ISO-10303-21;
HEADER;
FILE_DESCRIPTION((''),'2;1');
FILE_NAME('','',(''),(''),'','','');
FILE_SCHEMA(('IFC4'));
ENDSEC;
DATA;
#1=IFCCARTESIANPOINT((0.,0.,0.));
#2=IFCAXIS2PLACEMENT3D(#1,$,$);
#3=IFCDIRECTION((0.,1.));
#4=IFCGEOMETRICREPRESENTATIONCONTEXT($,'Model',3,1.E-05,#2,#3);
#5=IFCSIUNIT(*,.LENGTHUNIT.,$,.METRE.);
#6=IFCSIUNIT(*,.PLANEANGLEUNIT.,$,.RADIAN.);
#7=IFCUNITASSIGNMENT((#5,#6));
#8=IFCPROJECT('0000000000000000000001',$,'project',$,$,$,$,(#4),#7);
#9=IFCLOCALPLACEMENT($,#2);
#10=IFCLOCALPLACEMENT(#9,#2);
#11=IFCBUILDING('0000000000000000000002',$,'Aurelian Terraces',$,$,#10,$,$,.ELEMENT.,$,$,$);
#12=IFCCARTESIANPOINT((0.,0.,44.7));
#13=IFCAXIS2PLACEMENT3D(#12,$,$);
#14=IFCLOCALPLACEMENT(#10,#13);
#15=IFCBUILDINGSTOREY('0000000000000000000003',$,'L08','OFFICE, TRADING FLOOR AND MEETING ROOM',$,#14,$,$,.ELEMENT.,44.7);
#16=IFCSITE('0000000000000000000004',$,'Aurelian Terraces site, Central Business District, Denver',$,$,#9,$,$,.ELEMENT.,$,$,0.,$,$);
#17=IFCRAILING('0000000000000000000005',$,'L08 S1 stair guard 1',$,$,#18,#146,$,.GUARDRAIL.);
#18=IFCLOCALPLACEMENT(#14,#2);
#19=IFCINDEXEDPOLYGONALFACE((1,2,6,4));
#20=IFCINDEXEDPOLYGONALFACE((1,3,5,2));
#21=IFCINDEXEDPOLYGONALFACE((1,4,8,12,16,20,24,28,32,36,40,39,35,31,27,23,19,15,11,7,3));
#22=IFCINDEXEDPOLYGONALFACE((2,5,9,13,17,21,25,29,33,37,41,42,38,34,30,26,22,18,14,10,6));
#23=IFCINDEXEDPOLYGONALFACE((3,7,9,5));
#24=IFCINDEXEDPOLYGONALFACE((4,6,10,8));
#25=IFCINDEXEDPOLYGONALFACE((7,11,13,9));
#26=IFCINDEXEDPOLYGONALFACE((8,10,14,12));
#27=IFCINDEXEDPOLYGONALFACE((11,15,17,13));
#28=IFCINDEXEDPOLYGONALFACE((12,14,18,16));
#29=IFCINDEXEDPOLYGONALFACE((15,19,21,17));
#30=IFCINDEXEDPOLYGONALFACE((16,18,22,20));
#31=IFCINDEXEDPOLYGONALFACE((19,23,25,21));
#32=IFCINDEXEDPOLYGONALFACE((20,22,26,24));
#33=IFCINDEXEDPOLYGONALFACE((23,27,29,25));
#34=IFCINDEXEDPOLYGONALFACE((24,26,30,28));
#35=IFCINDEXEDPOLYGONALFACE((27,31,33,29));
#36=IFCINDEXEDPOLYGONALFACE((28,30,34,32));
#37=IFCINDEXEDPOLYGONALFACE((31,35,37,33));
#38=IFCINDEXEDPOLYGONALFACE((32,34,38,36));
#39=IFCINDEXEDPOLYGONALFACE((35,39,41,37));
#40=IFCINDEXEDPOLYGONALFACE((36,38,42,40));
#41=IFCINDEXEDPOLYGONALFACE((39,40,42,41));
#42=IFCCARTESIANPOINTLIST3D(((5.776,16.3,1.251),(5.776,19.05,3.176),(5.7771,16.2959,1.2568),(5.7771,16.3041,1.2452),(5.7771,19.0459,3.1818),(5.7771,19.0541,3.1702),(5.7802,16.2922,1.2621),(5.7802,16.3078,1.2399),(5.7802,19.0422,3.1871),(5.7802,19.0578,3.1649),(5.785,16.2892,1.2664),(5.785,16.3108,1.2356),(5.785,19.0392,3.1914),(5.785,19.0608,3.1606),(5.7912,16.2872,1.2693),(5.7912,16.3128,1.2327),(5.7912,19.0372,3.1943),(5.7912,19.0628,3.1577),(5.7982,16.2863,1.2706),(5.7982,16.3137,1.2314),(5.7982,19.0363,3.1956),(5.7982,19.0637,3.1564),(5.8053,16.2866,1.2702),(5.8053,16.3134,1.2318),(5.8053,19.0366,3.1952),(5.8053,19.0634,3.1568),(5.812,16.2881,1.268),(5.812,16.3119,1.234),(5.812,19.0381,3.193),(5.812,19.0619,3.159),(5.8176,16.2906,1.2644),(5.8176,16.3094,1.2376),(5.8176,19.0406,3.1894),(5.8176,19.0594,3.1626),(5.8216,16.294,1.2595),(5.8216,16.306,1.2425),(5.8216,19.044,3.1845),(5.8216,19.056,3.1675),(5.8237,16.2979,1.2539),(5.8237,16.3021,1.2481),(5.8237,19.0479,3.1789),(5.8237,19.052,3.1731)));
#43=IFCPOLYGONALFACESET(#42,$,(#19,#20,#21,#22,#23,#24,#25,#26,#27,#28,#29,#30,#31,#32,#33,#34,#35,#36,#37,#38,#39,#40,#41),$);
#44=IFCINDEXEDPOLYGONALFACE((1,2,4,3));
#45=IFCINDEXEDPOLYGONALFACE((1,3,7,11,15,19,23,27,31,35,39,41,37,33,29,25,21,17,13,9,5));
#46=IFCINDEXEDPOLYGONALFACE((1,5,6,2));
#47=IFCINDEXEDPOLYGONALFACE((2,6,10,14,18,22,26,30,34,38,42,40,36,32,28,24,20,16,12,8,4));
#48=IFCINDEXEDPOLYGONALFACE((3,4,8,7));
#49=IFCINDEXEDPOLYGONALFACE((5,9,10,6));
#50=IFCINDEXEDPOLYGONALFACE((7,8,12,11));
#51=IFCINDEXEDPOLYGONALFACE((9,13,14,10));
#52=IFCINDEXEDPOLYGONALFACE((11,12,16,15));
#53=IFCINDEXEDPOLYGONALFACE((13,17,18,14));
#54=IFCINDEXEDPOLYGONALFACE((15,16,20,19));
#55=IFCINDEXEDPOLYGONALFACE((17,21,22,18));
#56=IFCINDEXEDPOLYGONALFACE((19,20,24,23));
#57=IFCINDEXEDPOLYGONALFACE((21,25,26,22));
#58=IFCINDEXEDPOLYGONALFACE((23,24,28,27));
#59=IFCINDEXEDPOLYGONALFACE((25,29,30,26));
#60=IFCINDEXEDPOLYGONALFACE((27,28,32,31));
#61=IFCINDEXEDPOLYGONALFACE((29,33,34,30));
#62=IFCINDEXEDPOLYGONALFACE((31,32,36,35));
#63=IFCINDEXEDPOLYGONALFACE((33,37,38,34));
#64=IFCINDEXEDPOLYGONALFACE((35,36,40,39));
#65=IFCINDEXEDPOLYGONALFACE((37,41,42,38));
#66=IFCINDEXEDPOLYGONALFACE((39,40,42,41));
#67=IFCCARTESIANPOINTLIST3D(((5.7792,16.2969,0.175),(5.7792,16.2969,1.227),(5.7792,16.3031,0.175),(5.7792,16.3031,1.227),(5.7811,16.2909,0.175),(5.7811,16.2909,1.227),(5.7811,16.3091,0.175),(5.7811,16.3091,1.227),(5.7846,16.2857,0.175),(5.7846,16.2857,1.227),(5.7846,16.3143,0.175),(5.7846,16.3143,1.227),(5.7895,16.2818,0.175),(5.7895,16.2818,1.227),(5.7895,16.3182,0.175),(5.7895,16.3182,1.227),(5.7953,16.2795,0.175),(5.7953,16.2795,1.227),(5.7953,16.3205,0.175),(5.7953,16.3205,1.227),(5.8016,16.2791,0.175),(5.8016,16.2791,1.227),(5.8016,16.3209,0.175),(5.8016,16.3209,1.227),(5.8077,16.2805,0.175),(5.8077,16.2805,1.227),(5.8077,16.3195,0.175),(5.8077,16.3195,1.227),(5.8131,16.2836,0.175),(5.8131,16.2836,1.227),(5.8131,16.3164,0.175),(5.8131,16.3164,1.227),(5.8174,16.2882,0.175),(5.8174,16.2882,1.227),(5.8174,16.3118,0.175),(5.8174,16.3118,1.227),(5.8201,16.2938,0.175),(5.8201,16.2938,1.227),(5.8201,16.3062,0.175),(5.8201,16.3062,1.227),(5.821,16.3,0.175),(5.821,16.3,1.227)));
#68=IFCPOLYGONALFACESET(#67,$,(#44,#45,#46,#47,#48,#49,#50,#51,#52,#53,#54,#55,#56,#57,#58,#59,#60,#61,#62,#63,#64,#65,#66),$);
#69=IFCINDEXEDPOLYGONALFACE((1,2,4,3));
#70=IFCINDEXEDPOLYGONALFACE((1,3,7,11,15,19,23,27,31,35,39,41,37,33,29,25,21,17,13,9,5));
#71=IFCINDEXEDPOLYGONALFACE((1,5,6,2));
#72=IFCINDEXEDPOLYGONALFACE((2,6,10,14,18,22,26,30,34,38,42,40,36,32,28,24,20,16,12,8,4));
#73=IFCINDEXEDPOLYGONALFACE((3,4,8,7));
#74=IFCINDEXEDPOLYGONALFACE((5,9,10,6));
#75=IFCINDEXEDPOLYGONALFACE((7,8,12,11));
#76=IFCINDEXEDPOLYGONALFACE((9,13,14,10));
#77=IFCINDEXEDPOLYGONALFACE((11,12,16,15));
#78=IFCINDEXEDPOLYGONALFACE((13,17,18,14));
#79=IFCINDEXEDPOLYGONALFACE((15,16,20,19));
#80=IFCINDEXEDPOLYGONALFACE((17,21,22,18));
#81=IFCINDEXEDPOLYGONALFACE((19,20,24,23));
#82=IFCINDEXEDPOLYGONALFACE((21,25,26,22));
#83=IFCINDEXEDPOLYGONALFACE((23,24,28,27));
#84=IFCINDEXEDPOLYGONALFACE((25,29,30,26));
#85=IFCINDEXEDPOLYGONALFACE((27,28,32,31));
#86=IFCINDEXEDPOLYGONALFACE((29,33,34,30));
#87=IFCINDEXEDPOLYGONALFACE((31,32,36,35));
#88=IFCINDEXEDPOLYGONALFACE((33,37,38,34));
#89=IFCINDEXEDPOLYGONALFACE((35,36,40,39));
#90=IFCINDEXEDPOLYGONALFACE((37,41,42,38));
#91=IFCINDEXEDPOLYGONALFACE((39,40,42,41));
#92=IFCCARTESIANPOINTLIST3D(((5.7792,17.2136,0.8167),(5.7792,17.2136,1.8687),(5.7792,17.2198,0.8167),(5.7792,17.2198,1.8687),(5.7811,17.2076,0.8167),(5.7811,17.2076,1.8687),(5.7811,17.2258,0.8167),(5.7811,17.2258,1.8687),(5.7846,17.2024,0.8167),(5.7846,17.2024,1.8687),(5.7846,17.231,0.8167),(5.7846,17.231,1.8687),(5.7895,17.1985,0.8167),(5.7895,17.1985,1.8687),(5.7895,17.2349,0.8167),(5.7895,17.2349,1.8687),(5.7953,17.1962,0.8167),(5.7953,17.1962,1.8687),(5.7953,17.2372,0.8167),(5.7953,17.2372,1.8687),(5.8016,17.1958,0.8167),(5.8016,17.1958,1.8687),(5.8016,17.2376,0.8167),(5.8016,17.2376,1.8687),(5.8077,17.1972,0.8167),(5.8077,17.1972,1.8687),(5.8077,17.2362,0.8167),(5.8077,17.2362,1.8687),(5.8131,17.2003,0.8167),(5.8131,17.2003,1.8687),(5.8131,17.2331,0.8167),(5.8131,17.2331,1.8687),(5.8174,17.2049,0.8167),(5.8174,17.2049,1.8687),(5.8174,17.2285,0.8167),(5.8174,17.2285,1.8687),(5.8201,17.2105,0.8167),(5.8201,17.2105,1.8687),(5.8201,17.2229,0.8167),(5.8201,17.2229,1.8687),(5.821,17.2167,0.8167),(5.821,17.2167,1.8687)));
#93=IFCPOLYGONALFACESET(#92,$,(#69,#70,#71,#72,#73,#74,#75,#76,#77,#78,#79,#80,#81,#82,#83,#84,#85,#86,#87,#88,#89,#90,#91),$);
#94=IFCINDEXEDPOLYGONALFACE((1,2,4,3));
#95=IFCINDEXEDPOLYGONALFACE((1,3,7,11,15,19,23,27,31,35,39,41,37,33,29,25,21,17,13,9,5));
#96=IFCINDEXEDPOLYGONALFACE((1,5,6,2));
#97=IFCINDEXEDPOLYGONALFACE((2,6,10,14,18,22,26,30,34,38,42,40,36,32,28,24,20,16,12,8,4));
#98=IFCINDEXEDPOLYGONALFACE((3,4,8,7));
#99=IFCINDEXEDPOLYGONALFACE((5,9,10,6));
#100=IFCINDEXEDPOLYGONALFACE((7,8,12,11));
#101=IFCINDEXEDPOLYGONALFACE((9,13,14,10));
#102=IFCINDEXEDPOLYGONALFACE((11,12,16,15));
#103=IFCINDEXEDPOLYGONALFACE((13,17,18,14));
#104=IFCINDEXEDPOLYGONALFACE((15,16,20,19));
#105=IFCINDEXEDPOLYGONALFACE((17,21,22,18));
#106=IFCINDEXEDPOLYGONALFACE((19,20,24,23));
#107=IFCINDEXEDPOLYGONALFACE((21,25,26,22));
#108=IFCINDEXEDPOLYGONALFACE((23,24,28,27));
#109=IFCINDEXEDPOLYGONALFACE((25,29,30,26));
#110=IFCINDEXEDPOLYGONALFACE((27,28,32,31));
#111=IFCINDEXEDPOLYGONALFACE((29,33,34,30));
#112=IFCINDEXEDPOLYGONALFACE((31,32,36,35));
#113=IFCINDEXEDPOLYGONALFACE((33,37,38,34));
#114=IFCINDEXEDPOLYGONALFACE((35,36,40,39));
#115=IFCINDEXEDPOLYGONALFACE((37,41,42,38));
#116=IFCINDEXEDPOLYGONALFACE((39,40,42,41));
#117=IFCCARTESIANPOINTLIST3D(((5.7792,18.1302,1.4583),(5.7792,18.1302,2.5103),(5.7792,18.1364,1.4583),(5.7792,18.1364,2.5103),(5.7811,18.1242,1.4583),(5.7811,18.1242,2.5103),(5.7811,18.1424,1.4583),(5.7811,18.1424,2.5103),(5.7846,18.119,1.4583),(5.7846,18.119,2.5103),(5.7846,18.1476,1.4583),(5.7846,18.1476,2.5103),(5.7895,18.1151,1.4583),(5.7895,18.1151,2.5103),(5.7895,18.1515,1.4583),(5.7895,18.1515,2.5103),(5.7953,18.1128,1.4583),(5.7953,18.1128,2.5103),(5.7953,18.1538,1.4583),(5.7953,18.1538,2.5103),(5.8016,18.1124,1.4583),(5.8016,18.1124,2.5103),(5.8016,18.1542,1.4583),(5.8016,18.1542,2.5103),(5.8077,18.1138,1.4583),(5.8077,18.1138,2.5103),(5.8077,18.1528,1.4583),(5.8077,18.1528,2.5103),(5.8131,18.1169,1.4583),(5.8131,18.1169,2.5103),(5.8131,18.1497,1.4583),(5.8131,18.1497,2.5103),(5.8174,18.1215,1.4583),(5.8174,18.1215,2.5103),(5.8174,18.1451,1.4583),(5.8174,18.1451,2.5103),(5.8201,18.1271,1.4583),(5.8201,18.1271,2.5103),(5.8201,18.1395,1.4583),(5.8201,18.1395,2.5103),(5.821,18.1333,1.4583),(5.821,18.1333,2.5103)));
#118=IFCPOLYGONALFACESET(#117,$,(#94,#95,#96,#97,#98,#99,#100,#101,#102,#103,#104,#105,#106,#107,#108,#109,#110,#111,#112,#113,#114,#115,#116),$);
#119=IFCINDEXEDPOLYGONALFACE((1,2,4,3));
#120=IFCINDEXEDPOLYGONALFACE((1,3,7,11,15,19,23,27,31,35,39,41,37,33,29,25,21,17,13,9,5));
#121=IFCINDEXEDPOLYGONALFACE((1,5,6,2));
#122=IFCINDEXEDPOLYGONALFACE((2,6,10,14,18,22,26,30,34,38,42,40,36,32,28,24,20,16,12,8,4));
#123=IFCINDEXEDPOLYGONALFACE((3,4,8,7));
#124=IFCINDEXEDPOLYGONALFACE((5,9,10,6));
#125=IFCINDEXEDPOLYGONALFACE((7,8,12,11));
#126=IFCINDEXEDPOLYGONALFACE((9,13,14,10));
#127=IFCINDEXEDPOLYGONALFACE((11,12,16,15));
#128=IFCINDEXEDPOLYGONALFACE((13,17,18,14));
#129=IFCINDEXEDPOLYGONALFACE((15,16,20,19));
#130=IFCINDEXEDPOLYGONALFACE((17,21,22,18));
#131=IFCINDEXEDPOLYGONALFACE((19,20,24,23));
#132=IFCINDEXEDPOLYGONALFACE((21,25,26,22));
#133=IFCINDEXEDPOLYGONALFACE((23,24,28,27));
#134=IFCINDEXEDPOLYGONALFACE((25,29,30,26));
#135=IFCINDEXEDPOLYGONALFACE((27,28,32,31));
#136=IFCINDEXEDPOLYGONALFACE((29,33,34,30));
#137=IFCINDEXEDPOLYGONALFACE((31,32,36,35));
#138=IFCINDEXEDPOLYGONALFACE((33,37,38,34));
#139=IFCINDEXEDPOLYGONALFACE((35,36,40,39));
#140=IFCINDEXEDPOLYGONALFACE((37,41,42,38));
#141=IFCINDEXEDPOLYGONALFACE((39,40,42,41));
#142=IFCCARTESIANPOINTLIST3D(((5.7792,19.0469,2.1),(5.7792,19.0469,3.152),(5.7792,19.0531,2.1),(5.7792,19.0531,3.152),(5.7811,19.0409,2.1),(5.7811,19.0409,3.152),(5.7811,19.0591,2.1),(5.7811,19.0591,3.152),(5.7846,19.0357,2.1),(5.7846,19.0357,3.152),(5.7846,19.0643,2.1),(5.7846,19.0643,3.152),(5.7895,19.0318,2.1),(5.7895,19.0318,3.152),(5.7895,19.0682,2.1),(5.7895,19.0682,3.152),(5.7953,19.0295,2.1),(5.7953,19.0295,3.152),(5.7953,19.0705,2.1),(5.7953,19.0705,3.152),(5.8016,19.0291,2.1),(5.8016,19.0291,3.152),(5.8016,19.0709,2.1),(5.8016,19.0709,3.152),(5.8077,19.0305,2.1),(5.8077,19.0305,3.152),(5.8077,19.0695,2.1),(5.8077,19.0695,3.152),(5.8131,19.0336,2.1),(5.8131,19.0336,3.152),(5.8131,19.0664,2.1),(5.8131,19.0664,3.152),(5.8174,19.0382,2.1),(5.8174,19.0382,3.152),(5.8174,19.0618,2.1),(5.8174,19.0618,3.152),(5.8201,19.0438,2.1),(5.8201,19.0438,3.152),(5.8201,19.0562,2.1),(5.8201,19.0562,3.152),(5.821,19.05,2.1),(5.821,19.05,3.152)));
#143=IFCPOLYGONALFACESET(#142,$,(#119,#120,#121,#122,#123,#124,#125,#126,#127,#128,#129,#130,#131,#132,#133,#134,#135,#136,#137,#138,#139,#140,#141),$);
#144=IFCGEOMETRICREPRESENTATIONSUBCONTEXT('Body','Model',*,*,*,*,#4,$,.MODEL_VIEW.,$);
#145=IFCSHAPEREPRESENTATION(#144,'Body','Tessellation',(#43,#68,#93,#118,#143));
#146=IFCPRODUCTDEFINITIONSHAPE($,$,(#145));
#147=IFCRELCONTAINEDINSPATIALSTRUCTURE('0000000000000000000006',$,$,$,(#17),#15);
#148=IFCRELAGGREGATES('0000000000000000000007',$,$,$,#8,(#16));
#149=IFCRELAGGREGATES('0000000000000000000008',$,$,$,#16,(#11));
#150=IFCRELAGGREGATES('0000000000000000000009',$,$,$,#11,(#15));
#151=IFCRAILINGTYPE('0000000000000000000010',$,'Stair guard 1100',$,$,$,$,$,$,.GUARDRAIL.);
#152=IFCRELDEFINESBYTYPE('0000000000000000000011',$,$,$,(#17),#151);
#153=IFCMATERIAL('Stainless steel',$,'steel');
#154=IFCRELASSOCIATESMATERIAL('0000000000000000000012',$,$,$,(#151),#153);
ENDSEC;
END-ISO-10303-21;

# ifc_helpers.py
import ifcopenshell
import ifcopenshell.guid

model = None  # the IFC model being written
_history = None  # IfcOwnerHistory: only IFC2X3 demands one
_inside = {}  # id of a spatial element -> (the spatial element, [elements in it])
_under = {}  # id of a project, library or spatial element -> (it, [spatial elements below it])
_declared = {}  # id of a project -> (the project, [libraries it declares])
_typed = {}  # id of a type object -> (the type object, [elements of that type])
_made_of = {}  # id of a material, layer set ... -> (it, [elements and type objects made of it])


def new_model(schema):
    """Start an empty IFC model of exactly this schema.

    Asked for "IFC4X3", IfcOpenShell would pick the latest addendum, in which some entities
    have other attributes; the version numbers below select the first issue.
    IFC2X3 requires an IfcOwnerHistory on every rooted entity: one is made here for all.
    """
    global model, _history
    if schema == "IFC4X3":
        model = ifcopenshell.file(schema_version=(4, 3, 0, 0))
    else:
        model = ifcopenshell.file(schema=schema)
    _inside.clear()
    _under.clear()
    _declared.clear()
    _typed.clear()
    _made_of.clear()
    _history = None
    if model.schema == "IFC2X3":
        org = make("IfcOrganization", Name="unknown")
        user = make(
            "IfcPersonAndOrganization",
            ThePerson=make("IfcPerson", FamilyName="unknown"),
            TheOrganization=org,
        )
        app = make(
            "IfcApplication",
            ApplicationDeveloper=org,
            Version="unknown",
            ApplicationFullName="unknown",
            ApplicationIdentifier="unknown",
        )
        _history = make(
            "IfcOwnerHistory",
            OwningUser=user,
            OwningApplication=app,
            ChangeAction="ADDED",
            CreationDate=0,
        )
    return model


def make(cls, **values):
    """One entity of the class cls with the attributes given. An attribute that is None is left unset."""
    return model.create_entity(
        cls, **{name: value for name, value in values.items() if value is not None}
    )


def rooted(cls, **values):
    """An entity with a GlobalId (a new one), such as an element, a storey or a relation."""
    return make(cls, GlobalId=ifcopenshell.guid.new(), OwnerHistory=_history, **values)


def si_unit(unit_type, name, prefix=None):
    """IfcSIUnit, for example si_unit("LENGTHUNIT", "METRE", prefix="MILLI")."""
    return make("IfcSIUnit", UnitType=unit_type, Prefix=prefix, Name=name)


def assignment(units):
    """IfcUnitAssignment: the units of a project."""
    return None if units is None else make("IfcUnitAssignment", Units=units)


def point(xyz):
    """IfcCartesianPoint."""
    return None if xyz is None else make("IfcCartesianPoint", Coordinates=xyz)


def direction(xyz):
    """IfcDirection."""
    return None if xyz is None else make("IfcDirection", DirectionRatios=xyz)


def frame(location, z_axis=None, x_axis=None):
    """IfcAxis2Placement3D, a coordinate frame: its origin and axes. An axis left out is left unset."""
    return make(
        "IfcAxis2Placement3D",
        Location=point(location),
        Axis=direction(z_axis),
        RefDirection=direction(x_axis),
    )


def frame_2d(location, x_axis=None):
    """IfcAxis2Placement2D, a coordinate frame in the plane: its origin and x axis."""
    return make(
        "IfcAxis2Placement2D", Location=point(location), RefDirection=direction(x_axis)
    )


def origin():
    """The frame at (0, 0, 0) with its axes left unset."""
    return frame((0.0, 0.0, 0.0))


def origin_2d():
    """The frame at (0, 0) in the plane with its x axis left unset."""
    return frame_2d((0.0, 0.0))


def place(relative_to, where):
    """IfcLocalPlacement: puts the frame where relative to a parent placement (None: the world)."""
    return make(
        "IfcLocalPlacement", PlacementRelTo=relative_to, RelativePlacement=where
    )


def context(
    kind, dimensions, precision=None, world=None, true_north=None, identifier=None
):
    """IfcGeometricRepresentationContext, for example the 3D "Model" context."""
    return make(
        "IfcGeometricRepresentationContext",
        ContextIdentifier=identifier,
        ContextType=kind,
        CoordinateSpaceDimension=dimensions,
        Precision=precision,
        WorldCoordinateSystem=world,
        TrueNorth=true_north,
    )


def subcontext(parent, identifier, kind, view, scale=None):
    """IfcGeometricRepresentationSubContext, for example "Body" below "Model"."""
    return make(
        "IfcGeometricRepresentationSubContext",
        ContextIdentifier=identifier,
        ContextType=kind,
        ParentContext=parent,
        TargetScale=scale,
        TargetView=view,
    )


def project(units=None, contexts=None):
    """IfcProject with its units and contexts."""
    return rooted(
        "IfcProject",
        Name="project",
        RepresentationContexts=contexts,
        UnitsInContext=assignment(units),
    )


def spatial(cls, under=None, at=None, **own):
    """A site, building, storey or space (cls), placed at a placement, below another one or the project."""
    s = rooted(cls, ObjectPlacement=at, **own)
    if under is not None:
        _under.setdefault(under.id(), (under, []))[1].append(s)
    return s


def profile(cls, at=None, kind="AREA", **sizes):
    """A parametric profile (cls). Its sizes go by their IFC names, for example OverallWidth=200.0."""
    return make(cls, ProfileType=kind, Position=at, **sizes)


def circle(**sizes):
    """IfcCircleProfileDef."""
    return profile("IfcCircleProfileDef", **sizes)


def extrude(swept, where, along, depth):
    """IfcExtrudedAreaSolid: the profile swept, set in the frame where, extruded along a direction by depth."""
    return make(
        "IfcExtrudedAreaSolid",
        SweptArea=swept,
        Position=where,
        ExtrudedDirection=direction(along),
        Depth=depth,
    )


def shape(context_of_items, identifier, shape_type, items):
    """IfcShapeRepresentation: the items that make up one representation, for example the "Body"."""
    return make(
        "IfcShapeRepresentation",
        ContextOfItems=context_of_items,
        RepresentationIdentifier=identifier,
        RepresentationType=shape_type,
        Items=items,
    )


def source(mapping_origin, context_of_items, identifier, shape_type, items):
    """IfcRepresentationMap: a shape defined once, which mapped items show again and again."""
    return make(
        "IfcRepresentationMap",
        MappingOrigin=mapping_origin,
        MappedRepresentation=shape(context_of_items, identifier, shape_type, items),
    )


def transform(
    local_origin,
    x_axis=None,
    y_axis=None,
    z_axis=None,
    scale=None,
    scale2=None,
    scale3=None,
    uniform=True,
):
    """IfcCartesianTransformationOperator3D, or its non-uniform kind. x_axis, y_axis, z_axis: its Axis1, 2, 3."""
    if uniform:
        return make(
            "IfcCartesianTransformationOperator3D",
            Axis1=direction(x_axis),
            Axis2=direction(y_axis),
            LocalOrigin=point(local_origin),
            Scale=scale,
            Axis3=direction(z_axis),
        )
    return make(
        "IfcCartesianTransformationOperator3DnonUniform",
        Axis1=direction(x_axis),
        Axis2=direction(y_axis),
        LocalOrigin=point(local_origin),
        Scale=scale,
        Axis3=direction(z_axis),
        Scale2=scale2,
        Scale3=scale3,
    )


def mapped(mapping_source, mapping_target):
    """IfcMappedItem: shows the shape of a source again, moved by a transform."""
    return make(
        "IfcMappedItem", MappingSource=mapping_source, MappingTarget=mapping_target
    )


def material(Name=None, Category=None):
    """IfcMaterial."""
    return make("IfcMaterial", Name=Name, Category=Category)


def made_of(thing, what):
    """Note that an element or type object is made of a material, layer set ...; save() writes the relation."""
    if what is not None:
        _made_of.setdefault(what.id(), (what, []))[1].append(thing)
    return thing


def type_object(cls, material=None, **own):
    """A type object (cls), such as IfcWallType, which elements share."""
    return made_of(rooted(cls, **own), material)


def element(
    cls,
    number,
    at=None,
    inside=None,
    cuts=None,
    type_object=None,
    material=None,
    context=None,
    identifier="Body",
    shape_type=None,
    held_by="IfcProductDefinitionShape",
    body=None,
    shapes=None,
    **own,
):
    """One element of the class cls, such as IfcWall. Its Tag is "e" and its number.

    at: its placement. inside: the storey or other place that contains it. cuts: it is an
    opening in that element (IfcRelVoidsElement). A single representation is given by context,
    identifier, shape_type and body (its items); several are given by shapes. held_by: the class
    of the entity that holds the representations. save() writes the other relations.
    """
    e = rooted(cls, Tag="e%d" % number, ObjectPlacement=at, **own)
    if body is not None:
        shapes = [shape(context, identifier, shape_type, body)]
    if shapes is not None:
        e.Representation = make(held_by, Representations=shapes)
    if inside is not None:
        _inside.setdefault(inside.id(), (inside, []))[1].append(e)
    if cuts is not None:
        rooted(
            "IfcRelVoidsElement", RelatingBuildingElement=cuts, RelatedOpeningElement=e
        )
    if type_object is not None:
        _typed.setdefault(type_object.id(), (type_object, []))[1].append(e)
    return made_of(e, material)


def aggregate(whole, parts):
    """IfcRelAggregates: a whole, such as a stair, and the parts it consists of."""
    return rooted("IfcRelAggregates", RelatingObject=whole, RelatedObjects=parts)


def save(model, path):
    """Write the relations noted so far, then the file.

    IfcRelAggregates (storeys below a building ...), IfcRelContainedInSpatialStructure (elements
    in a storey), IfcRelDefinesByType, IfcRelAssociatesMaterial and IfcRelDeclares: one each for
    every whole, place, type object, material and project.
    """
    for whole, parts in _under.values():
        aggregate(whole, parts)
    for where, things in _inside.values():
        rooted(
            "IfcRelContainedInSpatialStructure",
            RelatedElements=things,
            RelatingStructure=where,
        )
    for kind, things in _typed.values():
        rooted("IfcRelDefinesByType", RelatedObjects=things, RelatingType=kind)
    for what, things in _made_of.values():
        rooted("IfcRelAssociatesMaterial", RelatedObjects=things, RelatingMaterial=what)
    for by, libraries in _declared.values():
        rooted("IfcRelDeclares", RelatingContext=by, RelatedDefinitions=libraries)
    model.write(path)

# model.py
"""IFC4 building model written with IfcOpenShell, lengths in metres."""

from ifc_helpers import new_model, si_unit, direction, frame, origin, origin_2d, place, context, subcontext, project, spatial, circle, extrude, source, transform, mapped, material, type_object, element, save


model = new_model("IFC4")

# Units and contexts
model_context = context("Model", 3, precision=1e-05, world=origin(), true_north=direction((0.0, 1.0)))
body_context = subcontext(model_context, "Body", "Model", "MODEL_VIEW")
ifc_project = project(units=[si_unit("LENGTHUNIT", "METRE"), si_unit("PLANEANGLEUNIT", "RADIAN")], contexts=[model_context])

# Site, building, storey
site_placement = place(None, origin())
site = spatial("IfcSite", under=ifc_project, at=site_placement, Name="Aurelian Terraces site, Central Business District, Denver", CompositionType="ELEMENT", RefElevation=0.0)
building_placement = place(site_placement, origin())
building = spatial("IfcBuilding", under=site, at=building_placement, Name="Aurelian Terraces", CompositionType="ELEMENT")
storey_placement = place(building_placement, frame((0.0, 0.0, 44.7)))
storey = spatial("IfcBuildingStorey", under=building, at=storey_placement, Name="L08", Description="OFFICE, TRADING FLOOR AND MEETING ROOM", CompositionType="ELEMENT", Elevation=44.7)

# Railing
ifc_material_1 = material(Name="Stainless steel", Category="steel")
railing_type_1 = type_object("IfcRailingType", Name="Stair guard 1100", PredefinedType="GUARDRAIL", material=ifc_material_1)
shared_shape_1 = source(origin(), body_context, "Body", "SweptSolid", [
    extrude(circle(Radius=0.024, at=origin_2d()), frame((0.0, 0.0, 1.076), z_axis=(0.0, 0.819232, 0.573462), x_axis=(-1.0, 0.0, 0.0)), (0.0, 0.0, 1.0), 3.3568),
    extrude(circle(Radius=0.021, at=origin_2d()), origin(), (0.0, 0.0, 1.0), 1.052),
    extrude(circle(Radius=0.021, at=origin_2d()), frame((0.0, 0.9167, 0.6417)), (0.0, 0.0, 1.0), 1.052),
    extrude(circle(Radius=0.021, at=origin_2d()), frame((0.0, 1.8333, 1.2833)), (0.0, 0.0, 1.0), 1.052),
    extrude(circle(Radius=0.021, at=origin_2d()), frame((0.0, 2.75, 1.925)), (0.0, 0.0, 1.0), 1.052),
])
railing_1_placement = place(storey_placement, frame((5.8, 16.3, 0.175)))
element("IfcRailing", 1, at=railing_1_placement, inside=storey, type_object=railing_type_1, Name="L08 S1 stair guard 1", PredefinedType="GUARDRAIL", context=body_context, shape_type="MappedRepresentation", body=[
    mapped(shared_shape_1, transform((0.0, 0.0, 0.0), scale=1.0)),
])

save(model, "model.ifc")
